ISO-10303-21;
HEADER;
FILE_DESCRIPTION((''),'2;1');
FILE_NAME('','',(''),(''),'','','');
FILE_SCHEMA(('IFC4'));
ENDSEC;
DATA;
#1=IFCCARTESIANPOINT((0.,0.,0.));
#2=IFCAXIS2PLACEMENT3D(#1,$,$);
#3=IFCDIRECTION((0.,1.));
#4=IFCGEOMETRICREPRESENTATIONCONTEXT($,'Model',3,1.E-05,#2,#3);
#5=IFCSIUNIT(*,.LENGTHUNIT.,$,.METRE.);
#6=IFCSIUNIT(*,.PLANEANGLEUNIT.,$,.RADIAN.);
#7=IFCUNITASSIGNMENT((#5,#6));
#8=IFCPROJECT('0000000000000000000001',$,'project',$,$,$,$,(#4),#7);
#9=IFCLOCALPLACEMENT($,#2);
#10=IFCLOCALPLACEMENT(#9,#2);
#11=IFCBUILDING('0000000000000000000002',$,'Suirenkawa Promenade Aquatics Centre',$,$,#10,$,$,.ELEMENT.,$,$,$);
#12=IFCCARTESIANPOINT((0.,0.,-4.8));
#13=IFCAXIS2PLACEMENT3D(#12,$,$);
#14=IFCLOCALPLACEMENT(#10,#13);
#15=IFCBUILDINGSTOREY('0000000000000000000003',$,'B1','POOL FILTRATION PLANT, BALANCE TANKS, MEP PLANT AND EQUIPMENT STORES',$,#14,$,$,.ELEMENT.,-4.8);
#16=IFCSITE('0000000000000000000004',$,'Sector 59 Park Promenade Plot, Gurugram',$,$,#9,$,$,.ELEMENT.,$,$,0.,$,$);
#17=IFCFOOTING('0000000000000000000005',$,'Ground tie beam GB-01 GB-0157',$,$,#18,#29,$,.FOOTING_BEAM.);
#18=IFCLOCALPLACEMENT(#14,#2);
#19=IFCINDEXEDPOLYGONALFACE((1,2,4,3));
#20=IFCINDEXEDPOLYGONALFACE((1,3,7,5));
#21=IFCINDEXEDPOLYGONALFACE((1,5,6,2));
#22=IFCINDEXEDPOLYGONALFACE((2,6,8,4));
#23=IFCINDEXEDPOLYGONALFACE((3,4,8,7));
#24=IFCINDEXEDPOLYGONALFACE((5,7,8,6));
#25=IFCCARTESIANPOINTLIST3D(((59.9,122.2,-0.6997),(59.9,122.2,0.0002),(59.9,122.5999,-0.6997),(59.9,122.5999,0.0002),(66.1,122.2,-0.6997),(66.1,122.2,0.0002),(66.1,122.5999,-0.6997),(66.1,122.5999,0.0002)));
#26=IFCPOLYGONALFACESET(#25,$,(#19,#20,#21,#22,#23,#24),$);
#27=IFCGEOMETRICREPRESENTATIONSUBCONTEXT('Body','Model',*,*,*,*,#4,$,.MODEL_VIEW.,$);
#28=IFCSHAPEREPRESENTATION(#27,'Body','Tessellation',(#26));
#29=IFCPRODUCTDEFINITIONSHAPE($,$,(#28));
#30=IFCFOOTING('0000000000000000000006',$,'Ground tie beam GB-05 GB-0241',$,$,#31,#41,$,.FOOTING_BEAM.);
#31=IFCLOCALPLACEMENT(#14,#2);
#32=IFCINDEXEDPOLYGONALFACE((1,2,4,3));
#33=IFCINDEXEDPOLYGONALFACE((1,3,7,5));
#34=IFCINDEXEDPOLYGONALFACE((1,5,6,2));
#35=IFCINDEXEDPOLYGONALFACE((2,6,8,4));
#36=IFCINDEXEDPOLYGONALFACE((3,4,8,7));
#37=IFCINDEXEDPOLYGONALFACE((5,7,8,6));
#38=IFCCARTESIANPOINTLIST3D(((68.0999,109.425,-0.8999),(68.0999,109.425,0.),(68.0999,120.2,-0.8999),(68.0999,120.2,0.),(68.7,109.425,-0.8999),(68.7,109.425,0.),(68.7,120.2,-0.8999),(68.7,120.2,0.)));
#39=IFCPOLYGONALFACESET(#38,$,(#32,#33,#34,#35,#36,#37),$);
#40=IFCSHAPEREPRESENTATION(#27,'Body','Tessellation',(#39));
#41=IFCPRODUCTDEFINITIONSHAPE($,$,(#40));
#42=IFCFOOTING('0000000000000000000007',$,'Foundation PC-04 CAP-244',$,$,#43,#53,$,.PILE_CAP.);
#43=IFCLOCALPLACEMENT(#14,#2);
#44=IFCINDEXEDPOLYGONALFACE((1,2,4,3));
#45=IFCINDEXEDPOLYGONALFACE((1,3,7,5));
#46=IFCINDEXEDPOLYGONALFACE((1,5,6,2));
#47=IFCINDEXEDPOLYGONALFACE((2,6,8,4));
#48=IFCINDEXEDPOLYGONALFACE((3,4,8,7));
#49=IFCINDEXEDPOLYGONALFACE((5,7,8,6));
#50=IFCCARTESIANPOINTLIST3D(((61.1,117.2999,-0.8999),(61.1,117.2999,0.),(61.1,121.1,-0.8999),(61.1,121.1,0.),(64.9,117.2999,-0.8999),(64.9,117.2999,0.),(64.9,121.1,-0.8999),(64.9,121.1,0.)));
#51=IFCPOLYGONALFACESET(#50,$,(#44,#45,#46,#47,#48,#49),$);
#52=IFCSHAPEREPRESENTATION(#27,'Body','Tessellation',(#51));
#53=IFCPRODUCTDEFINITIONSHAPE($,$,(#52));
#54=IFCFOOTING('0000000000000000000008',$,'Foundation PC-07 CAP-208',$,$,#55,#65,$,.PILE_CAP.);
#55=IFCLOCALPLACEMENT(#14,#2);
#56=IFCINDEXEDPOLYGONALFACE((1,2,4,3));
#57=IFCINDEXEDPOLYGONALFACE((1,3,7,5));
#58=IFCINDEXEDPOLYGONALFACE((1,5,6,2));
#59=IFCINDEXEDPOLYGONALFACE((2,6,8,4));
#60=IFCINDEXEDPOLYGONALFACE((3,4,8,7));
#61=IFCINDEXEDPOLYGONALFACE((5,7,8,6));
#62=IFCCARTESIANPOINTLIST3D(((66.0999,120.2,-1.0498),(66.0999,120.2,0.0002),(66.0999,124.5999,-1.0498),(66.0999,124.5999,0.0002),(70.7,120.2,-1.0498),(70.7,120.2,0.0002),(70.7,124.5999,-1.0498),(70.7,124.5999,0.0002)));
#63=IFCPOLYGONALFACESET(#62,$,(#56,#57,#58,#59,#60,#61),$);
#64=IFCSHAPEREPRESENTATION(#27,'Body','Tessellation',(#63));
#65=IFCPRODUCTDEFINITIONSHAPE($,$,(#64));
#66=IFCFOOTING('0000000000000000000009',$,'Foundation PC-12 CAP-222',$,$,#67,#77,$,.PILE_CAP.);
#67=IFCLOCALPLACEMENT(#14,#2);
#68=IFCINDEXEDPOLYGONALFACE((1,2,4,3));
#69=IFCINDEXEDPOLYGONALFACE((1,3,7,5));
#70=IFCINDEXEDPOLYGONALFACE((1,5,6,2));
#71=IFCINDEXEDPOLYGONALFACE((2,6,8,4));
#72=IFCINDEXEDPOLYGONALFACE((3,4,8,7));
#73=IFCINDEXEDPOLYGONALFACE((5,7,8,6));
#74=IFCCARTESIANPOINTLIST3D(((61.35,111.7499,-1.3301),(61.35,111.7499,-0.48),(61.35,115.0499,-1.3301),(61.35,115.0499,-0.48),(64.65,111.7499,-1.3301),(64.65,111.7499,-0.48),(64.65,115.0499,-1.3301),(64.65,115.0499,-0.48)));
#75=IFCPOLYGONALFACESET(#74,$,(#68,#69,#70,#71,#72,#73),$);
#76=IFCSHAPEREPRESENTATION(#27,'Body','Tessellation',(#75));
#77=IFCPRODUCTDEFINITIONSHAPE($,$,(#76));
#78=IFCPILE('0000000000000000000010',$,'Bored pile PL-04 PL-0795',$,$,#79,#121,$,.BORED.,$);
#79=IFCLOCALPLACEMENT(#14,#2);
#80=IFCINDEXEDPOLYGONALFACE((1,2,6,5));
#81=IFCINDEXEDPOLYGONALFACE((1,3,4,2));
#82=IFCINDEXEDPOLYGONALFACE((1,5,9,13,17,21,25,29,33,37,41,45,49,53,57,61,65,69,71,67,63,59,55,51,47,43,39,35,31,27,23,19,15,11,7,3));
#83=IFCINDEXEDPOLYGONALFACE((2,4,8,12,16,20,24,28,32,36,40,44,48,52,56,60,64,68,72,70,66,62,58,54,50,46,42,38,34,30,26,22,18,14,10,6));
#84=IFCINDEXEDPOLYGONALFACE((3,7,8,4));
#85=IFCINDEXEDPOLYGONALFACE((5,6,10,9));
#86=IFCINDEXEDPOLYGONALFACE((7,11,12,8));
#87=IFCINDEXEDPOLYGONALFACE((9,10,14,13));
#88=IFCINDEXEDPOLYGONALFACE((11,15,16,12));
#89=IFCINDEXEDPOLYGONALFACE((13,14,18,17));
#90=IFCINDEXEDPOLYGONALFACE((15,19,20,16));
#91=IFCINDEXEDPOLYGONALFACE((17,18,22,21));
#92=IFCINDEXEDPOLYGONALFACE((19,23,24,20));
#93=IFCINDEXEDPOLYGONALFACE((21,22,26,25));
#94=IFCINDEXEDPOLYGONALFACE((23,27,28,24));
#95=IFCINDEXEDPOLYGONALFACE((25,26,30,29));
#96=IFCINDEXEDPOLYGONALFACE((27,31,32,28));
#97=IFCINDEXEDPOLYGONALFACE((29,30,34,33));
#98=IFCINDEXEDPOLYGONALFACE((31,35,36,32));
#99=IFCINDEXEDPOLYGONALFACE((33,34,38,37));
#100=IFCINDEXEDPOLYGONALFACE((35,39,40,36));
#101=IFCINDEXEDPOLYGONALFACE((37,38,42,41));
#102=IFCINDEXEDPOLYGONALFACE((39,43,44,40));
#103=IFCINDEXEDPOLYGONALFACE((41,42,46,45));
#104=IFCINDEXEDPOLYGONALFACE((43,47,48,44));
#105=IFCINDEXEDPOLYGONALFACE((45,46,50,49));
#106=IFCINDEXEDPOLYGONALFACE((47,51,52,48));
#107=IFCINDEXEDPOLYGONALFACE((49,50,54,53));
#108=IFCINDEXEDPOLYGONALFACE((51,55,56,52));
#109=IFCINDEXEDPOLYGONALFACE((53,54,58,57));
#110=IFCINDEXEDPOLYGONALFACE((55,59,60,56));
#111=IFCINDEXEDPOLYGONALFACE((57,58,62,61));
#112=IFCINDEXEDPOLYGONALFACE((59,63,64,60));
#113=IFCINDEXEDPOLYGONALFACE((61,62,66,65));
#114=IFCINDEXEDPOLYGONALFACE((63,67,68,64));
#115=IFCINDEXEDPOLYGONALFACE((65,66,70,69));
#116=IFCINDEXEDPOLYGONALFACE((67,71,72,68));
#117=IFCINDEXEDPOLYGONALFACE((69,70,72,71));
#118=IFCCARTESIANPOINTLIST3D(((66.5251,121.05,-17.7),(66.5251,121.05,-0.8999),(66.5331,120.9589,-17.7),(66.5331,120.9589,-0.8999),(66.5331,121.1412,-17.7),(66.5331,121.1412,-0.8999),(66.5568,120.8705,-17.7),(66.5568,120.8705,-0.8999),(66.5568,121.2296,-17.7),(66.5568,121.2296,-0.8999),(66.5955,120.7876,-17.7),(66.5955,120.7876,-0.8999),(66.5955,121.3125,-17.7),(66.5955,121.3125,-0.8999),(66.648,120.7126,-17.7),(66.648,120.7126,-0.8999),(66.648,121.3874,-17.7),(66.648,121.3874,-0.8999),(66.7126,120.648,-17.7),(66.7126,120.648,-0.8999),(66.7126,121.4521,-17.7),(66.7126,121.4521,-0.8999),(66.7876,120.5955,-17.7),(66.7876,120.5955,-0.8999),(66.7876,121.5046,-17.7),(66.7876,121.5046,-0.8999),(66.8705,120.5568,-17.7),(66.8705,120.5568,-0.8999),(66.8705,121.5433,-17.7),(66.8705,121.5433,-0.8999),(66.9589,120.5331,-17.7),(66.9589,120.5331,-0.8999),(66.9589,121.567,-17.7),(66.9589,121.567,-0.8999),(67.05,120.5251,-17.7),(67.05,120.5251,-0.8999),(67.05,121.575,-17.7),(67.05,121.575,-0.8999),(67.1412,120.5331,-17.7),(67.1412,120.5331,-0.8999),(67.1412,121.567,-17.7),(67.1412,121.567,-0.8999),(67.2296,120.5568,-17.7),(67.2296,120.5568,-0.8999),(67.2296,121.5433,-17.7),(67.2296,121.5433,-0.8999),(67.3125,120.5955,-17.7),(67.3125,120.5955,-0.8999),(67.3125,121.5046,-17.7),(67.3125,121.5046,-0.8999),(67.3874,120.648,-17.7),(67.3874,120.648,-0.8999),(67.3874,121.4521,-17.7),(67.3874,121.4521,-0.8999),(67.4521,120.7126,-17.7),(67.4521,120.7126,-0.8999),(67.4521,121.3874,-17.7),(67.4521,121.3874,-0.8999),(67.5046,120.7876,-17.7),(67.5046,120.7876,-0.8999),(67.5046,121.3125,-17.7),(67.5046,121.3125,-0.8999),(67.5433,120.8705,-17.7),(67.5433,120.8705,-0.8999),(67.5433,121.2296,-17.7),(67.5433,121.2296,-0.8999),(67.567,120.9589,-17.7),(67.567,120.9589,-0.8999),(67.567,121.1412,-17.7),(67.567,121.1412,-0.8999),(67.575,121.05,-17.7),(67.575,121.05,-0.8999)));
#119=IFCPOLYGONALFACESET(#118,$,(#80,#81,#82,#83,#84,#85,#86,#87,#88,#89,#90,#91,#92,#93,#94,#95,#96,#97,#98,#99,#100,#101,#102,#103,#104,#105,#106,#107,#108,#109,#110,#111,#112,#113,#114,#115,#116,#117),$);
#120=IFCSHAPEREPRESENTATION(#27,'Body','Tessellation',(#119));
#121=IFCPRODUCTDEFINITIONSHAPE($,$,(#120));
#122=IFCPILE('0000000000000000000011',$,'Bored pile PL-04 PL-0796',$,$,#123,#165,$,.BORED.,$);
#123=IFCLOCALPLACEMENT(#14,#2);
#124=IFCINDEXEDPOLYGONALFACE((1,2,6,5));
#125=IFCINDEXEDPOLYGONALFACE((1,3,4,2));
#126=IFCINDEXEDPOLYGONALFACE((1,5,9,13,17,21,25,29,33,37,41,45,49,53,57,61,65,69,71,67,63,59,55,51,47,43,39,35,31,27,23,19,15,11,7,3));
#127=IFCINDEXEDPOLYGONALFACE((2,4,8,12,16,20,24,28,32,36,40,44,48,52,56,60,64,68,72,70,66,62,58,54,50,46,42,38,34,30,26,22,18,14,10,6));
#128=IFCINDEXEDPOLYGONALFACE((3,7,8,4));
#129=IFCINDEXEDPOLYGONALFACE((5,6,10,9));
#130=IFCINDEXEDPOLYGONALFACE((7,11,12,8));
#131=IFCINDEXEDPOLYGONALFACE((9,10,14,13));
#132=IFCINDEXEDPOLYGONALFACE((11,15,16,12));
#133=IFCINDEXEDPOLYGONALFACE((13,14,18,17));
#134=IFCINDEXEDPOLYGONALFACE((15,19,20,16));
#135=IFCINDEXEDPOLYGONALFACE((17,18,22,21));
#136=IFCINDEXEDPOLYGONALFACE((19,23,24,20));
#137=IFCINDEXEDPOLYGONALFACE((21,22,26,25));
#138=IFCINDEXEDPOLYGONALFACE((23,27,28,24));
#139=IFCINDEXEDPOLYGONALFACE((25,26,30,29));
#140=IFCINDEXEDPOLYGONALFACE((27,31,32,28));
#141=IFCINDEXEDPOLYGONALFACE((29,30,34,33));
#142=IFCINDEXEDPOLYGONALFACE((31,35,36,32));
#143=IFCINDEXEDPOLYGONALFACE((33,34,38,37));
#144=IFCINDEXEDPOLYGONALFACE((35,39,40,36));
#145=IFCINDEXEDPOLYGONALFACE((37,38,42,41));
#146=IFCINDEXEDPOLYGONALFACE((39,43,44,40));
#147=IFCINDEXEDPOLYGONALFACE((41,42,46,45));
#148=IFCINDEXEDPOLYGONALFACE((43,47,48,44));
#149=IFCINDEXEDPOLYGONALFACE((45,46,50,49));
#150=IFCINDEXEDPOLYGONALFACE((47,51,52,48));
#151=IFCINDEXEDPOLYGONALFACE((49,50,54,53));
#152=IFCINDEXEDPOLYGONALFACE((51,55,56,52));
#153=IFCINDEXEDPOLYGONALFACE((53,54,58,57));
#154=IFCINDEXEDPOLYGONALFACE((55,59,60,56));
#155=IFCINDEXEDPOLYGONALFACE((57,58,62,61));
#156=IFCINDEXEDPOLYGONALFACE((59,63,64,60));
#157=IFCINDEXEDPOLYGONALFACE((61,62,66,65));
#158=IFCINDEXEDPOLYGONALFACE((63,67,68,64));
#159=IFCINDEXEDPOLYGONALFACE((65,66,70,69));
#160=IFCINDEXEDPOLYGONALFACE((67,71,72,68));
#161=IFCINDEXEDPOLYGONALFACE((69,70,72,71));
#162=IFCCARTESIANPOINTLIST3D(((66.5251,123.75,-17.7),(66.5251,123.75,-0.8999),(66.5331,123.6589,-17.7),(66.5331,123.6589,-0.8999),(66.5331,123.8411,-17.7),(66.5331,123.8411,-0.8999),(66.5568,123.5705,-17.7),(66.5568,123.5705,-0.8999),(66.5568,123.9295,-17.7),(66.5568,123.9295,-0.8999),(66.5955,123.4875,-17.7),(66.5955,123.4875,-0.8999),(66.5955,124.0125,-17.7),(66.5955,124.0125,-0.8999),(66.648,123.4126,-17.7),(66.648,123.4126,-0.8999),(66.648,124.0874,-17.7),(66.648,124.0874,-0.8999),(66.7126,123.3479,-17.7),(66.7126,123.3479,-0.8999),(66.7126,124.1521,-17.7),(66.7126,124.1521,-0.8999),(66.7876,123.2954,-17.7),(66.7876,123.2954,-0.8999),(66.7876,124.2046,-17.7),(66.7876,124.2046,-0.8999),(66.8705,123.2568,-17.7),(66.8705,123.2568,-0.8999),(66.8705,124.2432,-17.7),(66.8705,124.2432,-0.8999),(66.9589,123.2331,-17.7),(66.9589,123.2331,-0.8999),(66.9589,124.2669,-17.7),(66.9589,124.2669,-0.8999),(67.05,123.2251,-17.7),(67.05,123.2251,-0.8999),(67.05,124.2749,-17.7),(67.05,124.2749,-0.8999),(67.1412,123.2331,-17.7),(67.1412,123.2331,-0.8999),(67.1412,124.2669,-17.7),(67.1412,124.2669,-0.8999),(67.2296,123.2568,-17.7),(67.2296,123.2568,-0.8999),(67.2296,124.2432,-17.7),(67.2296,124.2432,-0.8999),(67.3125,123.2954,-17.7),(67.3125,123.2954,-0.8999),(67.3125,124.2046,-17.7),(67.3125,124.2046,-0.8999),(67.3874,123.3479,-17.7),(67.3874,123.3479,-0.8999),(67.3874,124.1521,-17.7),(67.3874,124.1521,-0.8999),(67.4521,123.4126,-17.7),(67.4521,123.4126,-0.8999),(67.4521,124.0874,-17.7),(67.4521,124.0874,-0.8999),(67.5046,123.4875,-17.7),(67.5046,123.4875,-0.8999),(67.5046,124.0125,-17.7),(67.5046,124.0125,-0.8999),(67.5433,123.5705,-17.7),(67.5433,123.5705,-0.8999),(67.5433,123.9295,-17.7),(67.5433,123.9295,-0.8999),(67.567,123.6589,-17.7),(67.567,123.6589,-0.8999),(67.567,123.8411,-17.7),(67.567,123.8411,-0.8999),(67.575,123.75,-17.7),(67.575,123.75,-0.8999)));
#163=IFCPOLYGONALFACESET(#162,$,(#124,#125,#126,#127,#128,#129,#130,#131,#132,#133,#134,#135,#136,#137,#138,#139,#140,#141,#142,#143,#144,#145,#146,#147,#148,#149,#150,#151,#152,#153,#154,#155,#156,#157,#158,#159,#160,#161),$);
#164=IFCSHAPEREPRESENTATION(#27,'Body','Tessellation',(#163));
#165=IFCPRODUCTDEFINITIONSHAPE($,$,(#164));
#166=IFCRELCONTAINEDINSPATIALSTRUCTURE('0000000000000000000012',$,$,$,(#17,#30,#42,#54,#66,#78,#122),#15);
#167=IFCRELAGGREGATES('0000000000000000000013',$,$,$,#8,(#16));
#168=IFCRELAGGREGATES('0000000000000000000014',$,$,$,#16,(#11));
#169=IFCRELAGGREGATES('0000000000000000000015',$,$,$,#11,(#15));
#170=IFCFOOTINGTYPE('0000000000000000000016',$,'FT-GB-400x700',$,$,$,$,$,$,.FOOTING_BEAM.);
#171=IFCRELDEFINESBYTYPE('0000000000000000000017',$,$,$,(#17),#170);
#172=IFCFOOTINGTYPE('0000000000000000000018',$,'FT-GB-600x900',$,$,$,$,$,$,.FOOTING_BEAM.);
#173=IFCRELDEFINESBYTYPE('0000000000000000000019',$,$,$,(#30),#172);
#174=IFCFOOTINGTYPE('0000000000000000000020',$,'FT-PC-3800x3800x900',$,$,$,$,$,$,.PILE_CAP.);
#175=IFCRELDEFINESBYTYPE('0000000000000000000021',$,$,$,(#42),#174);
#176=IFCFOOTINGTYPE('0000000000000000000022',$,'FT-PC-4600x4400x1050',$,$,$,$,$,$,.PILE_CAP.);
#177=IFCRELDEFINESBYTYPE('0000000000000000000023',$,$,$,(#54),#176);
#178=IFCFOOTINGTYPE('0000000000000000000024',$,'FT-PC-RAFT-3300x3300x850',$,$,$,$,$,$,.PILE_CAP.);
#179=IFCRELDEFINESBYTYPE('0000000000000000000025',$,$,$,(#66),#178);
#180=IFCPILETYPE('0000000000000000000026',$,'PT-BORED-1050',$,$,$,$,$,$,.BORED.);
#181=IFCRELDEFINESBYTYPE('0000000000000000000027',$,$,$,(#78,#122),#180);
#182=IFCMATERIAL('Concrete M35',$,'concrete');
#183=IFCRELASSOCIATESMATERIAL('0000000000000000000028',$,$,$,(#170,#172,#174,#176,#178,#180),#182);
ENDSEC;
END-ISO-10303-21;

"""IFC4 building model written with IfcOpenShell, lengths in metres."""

from ifc_helpers import new_model, si_unit, direction, frame, origin, origin_2d, place, context, subcontext, project, spatial, rectangle, circle, extrude, material, material_profile, profile_set, type_object, element, save


model = new_model("IFC4")

# Units and contexts
model_context = context("Model", 3, precision=1e-05, world=origin(), true_north=direction((0.0, 1.0)))
body_context = subcontext(model_context, "Body", "Model", "MODEL_VIEW")
ifc_project = project(units=[si_unit("LENGTHUNIT", "METRE"), si_unit("PLANEANGLEUNIT", "RADIAN")], contexts=[model_context])

# Site, building, storey
site_placement = place(None, origin())
site = spatial("IfcSite", under=ifc_project, at=site_placement, Name="Sector 59 Park Promenade Plot, Gurugram", CompositionType="ELEMENT", RefElevation=0.0)
building_placement = place(site_placement, origin())
building = spatial("IfcBuilding", under=site, at=building_placement, Name="Suirenkawa Promenade Aquatics Centre", CompositionType="ELEMENT")
storey_placement = place(building_placement, frame((0.0, 0.0, -4.8)))
storey = spatial("IfcBuildingStorey", under=building, at=storey_placement, Name="B1", Description="POOL FILTRATION PLANT, BALANCE TANKS, MEP PLANT AND EQUIPMENT STORES", CompositionType="ELEMENT", Elevation=-4.8)

# Footings
ifc_material_1 = material(Name="Concrete M35", Category="concrete")
footing_type_1 = type_object("IfcFootingType", Name="FT-GB-400x700", PredefinedType="FOOTING_BEAM", material=ifc_material_1)
footing_1_placement = place(storey_placement, frame((63.0, 122.3999, -0.6997), z_axis=(0.0, 0.0, 1.0), x_axis=(1.0, 0.0, 0.0)))
element("IfcFooting", 1, at=footing_1_placement, inside=storey, type_object=footing_type_1, Name="Ground tie beam GB-01 GB-0157", PredefinedType="FOOTING_BEAM", context=body_context, shape_type="SweptSolid", body=[
    extrude(rectangle(XDim=6.2, YDim=0.3999, at=origin_2d()), origin(), (0.0, 0.0, 1.0), 0.7),
])
footing_type_2 = type_object("IfcFootingType", Name="FT-GB-600x900", PredefinedType="FOOTING_BEAM", material=ifc_material_1)
footing_2_placement = place(storey_placement, frame((68.3999, 114.8125, -0.8999), z_axis=(0.0, 0.0, 1.0), x_axis=(0.0, 1.0, 0.0)))
element("IfcFooting", 2, at=footing_2_placement, inside=storey, type_object=footing_type_2, Name="Ground tie beam GB-05 GB-0241", PredefinedType="FOOTING_BEAM", context=body_context, shape_type="SweptSolid", body=[
    extrude(rectangle(XDim=10.7749, YDim=0.6001, at=origin_2d()), origin(), (0.0, 0.0, 1.0), 0.8999),
])
footing_type_3 = type_object("IfcFootingType", Name="FT-PC-3800x3800x900", PredefinedType="PILE_CAP", material=ifc_material_1)
footing_3_placement = place(storey_placement, frame((63.0, 119.2, -0.8999), z_axis=(0.0, 0.0, 1.0), x_axis=(1.0, 0.0, 0.0)))
element("IfcFooting", 3, at=footing_3_placement, inside=storey, type_object=footing_type_3, Name="Foundation PC-04 CAP-244", PredefinedType="PILE_CAP", context=body_context, shape_type="SweptSolid", body=[
    extrude(rectangle(XDim=3.8, YDim=3.8, at=origin_2d()), origin(), (0.0, 0.0, 1.0), 0.8999),
])
footing_type_4 = type_object("IfcFootingType", Name="FT-PC-4600x4400x1050", PredefinedType="PILE_CAP", material=ifc_material_1)
footing_4_placement = place(storey_placement, frame((68.3999, 122.3999, -1.0498), z_axis=(0.0, 0.0, 1.0), x_axis=(1.0, 0.0, 0.0)))
element("IfcFooting", 4, at=footing_4_placement, inside=storey, type_object=footing_type_4, Name="Foundation PC-07 CAP-208", PredefinedType="PILE_CAP", context=body_context, shape_type="SweptSolid", body=[
    extrude(rectangle(XDim=4.6001, YDim=4.3999, at=origin_2d()), origin(), (0.0, 0.0, 1.0), 1.05),
])
footing_type_5 = type_object("IfcFootingType", Name="FT-PC-RAFT-3300x3300x850", PredefinedType="PILE_CAP", material=ifc_material_1)
footing_5_placement = place(storey_placement, frame((63.0, 113.3999, -1.3301), z_axis=(0.0, 0.0, 1.0), x_axis=(1.0, 0.0, 0.0)))
element("IfcFooting", 5, at=footing_5_placement, inside=storey, type_object=footing_type_5, Name="Foundation PC-12 CAP-222", PredefinedType="PILE_CAP", context=body_context, shape_type="SweptSolid", body=[
    extrude(rectangle(XDim=3.3, YDim=3.3, at=origin_2d()), origin(), (0.0, 0.0, 1.0), 0.8501),
])

# Piles
ifc_material_profile_1 = material_profile(ifc_material_1, circle(Radius=0.5249, at=origin_2d()), Name="PILE D1050", Category="concrete")
ifc_profile_set_1 = profile_set([ifc_material_profile_1], Name="Concrete M35")
pile_type_1 = type_object("IfcPileType", Name="PT-BORED-1050", PredefinedType="BORED", material=ifc_profile_set_1)
for number, where, z_axis, x_axis, name in (
    (6, (67.05, 121.05, -0.8999), (0.0, 0.0, -1.0), (1.0, 0.0, 0.0), "Bored pile PL-04 PL-0795"),
    (7, (67.05, 123.75, -0.8999), (0.0, 0.0, -1.0), (1.0, 0.0, 0.0), "Bored pile PL-04 PL-0796"),
):
    element("IfcPile", number, at=place(storey_placement, frame(where, z_axis=z_axis, x_axis=x_axis)), inside=storey, type_object=pile_type_1, Name=name, PredefinedType="BORED", context=body_context, shape_type="SweptSolid", body=[
        extrude(circle(Radius=0.5249, at=origin_2d()), origin(), (0.0, 0.0, 1.0), 16.8),
    ])

save(model, "model.ifc")
